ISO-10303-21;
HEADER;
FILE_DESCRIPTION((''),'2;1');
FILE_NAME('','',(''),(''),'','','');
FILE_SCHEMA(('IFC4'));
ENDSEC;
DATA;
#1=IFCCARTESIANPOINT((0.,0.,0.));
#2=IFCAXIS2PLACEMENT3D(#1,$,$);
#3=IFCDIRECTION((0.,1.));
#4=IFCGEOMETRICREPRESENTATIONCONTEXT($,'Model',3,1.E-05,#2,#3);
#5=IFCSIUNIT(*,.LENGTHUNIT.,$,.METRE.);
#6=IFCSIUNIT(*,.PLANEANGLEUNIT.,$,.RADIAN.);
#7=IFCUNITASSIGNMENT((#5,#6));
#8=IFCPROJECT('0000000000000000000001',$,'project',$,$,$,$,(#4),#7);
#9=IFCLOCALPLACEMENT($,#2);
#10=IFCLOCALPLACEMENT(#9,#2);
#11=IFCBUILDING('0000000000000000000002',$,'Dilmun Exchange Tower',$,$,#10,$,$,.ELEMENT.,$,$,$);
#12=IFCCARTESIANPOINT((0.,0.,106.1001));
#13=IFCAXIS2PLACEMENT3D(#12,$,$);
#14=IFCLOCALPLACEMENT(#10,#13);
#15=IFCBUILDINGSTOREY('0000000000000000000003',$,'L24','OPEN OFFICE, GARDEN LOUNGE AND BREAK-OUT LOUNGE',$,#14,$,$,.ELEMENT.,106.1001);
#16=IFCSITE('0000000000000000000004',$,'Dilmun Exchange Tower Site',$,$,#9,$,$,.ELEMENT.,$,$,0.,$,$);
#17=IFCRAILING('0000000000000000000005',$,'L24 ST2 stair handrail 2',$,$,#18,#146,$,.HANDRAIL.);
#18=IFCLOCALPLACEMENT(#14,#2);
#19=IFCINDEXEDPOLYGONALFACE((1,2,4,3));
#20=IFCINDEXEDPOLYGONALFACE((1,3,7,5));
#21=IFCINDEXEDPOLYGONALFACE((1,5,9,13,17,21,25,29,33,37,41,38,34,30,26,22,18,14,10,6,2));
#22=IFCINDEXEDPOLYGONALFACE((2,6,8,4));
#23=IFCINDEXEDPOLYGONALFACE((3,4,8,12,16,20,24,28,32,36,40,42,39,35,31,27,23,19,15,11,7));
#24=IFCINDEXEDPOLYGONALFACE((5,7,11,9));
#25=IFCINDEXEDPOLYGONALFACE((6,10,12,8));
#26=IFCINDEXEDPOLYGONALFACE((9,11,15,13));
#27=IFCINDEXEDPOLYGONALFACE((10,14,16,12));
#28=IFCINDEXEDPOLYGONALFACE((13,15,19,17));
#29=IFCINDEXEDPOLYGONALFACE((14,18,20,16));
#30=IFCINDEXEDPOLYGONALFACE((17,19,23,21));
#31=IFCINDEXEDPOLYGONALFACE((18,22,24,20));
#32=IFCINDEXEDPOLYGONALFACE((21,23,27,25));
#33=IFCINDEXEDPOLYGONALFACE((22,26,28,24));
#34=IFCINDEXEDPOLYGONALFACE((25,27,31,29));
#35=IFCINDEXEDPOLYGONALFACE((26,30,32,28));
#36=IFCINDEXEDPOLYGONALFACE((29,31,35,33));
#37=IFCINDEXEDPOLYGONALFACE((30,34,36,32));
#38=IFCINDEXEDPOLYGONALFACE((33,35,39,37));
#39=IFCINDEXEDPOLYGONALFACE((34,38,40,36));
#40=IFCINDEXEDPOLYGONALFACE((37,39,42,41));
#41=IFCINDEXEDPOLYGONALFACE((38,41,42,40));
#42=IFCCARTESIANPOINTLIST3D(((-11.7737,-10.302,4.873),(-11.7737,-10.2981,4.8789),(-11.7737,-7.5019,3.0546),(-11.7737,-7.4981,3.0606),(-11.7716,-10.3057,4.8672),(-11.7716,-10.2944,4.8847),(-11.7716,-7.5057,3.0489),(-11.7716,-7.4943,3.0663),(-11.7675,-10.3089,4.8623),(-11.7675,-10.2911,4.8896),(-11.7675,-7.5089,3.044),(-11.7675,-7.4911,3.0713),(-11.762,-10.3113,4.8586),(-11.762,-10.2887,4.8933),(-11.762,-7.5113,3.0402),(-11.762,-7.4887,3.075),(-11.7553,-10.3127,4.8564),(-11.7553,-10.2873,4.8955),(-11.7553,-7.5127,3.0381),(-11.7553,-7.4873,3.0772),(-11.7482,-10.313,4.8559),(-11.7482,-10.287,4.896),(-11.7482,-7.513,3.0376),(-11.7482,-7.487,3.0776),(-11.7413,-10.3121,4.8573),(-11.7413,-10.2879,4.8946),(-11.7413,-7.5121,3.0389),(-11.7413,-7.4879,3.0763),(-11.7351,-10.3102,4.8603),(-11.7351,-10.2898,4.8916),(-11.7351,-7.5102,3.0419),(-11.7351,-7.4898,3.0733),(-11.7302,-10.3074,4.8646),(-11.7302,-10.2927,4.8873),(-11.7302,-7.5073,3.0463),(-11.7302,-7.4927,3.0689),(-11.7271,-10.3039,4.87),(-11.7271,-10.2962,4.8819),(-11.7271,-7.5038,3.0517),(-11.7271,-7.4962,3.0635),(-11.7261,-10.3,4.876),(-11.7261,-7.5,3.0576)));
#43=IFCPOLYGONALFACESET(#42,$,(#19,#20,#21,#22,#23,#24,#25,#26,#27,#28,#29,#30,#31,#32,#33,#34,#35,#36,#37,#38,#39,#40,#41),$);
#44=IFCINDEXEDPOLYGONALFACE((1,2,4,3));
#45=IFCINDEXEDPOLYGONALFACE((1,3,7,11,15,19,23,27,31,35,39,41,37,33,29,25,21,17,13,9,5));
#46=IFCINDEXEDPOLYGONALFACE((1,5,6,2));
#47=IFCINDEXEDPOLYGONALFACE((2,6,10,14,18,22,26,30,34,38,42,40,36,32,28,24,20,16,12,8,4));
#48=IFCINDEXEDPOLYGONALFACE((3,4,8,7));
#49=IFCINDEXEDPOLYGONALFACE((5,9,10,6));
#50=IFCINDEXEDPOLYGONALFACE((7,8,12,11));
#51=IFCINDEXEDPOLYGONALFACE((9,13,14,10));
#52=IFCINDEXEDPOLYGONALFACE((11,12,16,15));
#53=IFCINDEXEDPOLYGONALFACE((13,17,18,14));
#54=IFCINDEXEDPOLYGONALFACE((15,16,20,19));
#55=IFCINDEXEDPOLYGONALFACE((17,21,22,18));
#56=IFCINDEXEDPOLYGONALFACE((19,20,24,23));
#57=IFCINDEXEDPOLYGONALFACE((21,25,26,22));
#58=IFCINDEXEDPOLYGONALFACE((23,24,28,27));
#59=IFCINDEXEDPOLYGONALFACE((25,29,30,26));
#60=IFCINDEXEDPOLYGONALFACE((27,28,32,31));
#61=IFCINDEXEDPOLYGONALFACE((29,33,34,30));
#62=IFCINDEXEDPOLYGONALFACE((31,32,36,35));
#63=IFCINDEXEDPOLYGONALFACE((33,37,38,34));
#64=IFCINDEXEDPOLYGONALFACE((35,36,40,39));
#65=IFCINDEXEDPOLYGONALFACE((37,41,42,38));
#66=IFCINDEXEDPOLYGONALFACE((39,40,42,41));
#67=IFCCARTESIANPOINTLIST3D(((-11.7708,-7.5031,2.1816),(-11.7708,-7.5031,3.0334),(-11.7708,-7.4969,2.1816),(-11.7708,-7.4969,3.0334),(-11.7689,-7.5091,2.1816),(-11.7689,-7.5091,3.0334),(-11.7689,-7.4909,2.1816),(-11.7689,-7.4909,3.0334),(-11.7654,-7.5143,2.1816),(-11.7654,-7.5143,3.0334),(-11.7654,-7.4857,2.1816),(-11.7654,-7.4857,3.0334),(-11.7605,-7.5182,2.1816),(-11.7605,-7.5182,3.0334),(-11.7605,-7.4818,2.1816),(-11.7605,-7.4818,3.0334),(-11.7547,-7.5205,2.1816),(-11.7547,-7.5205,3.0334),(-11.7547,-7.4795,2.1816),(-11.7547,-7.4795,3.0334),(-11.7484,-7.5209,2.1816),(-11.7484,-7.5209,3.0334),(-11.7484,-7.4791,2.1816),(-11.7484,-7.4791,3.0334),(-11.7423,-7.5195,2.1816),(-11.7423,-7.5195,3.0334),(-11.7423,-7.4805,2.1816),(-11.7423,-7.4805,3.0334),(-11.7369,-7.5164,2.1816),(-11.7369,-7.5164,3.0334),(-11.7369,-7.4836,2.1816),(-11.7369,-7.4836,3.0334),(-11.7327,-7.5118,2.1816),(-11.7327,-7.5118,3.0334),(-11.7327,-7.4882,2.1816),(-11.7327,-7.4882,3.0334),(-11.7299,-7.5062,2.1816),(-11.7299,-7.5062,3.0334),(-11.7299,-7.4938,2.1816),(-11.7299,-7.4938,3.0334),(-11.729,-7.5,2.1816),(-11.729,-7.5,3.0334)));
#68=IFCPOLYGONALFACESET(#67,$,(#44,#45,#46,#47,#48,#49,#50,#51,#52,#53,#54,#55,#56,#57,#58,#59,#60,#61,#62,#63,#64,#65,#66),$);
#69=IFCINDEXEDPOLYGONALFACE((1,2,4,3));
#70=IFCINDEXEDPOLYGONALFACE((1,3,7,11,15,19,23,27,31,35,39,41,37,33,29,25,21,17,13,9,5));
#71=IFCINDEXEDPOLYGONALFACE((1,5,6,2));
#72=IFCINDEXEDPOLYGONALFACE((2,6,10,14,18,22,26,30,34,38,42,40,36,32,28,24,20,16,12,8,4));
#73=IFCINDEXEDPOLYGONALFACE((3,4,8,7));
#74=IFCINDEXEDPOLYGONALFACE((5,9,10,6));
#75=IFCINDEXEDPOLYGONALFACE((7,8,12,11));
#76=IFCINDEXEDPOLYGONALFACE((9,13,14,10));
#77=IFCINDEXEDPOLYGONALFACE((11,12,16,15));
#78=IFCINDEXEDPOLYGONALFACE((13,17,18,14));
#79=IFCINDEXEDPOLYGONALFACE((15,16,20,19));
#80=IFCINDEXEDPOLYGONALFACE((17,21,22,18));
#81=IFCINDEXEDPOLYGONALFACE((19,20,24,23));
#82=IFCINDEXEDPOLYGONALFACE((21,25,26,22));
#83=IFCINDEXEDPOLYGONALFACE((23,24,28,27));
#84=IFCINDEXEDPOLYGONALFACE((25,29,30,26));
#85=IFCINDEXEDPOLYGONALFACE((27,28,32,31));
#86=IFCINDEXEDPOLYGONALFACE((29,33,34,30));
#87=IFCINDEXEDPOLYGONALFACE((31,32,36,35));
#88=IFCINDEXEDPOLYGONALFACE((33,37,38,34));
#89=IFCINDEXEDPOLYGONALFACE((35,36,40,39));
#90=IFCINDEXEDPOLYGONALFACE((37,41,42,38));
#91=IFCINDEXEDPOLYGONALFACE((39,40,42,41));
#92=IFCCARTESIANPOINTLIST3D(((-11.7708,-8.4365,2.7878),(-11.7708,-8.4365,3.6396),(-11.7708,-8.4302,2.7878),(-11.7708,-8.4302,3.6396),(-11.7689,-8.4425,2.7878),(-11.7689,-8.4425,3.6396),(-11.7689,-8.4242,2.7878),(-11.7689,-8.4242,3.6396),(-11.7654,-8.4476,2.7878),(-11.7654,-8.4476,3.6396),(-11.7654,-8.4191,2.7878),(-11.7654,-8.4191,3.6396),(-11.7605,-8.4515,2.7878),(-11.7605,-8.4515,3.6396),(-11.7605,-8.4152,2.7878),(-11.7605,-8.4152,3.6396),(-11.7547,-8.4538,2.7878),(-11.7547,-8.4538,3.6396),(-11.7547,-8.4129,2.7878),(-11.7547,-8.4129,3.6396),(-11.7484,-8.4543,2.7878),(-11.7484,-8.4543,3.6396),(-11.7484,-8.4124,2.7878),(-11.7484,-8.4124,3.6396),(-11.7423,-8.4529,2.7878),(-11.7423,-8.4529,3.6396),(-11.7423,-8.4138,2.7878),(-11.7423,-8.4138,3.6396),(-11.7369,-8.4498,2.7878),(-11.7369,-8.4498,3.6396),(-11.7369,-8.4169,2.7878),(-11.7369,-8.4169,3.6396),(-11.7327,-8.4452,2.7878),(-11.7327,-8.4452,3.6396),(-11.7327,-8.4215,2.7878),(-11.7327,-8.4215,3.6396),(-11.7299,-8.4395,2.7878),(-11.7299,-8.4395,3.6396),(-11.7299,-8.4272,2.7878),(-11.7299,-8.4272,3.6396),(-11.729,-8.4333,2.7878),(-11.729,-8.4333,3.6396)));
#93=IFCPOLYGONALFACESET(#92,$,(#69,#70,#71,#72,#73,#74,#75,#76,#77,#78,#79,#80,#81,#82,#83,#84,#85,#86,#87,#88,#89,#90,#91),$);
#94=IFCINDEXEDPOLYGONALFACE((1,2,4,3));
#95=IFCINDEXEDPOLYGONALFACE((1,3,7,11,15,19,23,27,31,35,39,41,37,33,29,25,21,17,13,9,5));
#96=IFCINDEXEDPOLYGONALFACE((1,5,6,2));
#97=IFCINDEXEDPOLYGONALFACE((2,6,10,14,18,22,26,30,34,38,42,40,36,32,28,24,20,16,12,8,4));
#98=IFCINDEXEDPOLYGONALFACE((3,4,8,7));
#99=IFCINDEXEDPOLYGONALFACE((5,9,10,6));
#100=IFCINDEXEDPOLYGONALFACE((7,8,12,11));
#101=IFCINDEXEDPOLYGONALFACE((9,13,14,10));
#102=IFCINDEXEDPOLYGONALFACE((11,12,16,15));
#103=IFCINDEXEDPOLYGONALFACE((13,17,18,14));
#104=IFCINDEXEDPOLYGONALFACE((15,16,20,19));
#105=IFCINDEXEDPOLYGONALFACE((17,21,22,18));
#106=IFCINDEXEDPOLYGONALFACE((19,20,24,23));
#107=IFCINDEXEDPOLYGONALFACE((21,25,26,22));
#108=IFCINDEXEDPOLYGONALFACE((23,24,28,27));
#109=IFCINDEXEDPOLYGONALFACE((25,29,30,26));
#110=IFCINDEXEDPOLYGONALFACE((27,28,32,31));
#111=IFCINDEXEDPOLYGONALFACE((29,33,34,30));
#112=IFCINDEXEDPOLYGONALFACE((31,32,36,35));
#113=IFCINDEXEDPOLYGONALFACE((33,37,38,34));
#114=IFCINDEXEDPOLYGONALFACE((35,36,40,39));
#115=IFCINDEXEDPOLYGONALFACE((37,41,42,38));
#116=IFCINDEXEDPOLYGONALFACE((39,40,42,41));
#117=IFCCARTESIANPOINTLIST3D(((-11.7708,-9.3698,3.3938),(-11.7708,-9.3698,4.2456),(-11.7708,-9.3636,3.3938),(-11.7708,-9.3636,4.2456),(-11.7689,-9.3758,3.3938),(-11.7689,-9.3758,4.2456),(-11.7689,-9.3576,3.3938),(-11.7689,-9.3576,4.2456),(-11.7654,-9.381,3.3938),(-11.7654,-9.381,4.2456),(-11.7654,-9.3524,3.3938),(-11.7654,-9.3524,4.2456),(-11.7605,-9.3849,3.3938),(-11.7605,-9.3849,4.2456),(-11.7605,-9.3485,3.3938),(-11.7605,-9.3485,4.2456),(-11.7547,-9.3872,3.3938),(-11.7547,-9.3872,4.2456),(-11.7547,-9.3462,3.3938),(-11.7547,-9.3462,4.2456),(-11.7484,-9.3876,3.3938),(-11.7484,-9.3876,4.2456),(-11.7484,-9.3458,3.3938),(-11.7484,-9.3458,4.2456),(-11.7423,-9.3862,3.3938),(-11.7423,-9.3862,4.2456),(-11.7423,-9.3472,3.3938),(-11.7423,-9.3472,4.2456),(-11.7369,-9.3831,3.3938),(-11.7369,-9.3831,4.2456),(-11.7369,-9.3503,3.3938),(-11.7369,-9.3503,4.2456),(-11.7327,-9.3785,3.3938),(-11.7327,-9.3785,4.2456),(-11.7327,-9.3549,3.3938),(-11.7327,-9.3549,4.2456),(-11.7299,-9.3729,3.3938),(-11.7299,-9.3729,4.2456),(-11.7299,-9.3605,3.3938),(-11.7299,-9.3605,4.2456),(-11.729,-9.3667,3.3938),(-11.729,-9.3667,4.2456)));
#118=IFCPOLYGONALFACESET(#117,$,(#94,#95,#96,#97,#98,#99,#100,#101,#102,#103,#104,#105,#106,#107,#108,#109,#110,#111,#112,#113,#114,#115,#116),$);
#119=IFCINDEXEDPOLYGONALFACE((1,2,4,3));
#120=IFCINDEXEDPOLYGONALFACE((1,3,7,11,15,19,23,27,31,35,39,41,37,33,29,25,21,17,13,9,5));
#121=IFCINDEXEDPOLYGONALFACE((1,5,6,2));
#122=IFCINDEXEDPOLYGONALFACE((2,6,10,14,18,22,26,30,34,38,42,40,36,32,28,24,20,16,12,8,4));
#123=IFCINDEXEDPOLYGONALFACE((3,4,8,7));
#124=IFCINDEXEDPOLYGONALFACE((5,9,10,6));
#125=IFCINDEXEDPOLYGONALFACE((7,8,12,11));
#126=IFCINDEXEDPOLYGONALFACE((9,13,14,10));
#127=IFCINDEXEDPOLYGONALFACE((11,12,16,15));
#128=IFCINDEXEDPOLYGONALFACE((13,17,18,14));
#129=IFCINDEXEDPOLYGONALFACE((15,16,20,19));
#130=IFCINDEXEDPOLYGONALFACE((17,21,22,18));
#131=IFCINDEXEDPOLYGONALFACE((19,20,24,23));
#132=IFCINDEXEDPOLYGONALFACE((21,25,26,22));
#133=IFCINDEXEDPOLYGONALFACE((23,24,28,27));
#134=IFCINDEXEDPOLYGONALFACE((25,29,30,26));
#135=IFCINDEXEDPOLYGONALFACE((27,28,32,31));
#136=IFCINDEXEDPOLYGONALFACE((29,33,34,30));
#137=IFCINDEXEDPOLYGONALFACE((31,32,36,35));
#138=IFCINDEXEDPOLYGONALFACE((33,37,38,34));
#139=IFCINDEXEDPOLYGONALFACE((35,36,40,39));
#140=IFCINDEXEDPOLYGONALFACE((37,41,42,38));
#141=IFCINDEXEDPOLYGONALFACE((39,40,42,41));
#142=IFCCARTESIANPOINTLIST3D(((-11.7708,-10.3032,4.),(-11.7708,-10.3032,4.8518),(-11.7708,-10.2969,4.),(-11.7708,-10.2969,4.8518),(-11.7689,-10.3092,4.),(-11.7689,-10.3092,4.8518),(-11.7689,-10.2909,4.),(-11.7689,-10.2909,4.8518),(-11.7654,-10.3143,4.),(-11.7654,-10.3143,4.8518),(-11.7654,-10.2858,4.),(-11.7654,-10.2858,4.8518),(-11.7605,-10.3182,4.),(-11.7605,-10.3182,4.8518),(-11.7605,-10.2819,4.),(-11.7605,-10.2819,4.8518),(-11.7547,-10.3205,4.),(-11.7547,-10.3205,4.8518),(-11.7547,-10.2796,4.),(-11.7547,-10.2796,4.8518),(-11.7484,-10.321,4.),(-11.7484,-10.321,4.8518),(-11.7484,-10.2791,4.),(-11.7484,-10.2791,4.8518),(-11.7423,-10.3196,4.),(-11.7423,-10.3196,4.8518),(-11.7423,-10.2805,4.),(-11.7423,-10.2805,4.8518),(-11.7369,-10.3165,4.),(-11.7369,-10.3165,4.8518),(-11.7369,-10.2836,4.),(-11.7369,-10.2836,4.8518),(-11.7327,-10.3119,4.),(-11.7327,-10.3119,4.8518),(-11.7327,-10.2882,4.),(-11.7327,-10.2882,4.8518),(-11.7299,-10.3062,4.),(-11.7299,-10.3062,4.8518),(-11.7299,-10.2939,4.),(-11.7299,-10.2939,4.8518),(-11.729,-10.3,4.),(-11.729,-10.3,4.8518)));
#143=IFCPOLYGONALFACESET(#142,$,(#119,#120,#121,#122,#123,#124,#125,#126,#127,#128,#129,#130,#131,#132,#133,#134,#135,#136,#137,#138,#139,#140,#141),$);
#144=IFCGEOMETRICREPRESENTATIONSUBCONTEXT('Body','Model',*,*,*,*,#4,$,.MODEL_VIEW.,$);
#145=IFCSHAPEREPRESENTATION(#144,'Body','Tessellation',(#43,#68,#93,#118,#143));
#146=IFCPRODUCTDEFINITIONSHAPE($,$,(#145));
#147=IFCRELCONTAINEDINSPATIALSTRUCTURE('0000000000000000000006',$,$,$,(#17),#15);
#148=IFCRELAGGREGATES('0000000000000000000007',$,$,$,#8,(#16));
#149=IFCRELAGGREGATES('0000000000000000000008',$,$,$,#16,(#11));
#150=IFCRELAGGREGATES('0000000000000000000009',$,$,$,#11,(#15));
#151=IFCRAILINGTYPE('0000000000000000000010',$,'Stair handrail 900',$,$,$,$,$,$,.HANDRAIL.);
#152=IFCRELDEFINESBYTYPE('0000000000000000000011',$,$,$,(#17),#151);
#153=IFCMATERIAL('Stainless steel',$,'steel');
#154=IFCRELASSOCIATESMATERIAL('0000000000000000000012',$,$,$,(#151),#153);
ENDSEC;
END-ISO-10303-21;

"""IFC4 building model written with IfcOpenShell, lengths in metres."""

from ifc_helpers import new_model, si_unit, direction, frame, origin, origin_2d, place, context, subcontext, project, spatial, circle, extrude, material, type_object, element, save


model = new_model("IFC4")

# Units and contexts
model_context = context("Model", 3, precision=1e-05, world=origin(), true_north=direction((0.0, 1.0)))
body_context = subcontext(model_context, "Body", "Model", "MODEL_VIEW")
ifc_project = project(units=[si_unit("LENGTHUNIT", "METRE"), si_unit("PLANEANGLEUNIT", "RADIAN")], contexts=[model_context])

# Site, building, storey
site_placement = place(None, origin())
site = spatial("IfcSite", under=ifc_project, at=site_placement, Name="Dilmun Exchange Tower Site", CompositionType="ELEMENT", RefElevation=0.0)
building_placement = place(site_placement, origin())
building = spatial("IfcBuilding", under=site, at=building_placement, Name="Dilmun Exchange Tower", CompositionType="ELEMENT")
storey_placement = place(building_placement, frame((0.0, 0.0, 106.1001)))
storey = spatial("IfcBuildingStorey", under=building, at=storey_placement, Name="L24", Description="OPEN OFFICE, GARDEN LOUNGE AND BREAK-OUT LOUNGE", CompositionType="ELEMENT", Elevation=106.1001)

# Railing
ifc_material_1 = material(Name="Stainless steel", Category="steel")
railing_type = type_object("IfcRailingType", Name="Stair handrail 900", PredefinedType="HANDRAIL", material=ifc_material_1)
railing_placement = place(storey_placement, frame((-11.75, -7.5, 2.1816)))
element("IfcRailing", 1, at=railing_placement, inside=storey, type_object=railing_type, Name="L24 ST2 stair handrail 2", PredefinedType="HANDRAIL", context=body_context, shape_type="SweptSolid", body=[
    extrude(circle(Radius=0.0239, at=origin_2d()), frame((0.0, 0.0, 0.876), z_axis=(0.0, -0.838672, 0.544636), x_axis=(1.0, 0.0, 0.0)), (0.0, 0.0, 1.0), 3.3386),
    extrude(circle(Radius=0.021, at=origin_2d()), origin(), (0.0, 0.0, 1.0), 0.8518),
    extrude(circle(Radius=0.021, at=origin_2d()), frame((0.0, -0.9333, 0.6062)), (0.0, 0.0, 1.0), 0.8518),
    extrude(circle(Radius=0.021, at=origin_2d()), frame((0.0, -1.8667, 1.2122)), (0.0, 0.0, 1.0), 0.8518),
    extrude(circle(Radius=0.021, at=origin_2d()), frame((0.0, -2.8, 1.8184)), (0.0, 0.0, 1.0), 0.8518),
])

save(model, "model.ifc")
